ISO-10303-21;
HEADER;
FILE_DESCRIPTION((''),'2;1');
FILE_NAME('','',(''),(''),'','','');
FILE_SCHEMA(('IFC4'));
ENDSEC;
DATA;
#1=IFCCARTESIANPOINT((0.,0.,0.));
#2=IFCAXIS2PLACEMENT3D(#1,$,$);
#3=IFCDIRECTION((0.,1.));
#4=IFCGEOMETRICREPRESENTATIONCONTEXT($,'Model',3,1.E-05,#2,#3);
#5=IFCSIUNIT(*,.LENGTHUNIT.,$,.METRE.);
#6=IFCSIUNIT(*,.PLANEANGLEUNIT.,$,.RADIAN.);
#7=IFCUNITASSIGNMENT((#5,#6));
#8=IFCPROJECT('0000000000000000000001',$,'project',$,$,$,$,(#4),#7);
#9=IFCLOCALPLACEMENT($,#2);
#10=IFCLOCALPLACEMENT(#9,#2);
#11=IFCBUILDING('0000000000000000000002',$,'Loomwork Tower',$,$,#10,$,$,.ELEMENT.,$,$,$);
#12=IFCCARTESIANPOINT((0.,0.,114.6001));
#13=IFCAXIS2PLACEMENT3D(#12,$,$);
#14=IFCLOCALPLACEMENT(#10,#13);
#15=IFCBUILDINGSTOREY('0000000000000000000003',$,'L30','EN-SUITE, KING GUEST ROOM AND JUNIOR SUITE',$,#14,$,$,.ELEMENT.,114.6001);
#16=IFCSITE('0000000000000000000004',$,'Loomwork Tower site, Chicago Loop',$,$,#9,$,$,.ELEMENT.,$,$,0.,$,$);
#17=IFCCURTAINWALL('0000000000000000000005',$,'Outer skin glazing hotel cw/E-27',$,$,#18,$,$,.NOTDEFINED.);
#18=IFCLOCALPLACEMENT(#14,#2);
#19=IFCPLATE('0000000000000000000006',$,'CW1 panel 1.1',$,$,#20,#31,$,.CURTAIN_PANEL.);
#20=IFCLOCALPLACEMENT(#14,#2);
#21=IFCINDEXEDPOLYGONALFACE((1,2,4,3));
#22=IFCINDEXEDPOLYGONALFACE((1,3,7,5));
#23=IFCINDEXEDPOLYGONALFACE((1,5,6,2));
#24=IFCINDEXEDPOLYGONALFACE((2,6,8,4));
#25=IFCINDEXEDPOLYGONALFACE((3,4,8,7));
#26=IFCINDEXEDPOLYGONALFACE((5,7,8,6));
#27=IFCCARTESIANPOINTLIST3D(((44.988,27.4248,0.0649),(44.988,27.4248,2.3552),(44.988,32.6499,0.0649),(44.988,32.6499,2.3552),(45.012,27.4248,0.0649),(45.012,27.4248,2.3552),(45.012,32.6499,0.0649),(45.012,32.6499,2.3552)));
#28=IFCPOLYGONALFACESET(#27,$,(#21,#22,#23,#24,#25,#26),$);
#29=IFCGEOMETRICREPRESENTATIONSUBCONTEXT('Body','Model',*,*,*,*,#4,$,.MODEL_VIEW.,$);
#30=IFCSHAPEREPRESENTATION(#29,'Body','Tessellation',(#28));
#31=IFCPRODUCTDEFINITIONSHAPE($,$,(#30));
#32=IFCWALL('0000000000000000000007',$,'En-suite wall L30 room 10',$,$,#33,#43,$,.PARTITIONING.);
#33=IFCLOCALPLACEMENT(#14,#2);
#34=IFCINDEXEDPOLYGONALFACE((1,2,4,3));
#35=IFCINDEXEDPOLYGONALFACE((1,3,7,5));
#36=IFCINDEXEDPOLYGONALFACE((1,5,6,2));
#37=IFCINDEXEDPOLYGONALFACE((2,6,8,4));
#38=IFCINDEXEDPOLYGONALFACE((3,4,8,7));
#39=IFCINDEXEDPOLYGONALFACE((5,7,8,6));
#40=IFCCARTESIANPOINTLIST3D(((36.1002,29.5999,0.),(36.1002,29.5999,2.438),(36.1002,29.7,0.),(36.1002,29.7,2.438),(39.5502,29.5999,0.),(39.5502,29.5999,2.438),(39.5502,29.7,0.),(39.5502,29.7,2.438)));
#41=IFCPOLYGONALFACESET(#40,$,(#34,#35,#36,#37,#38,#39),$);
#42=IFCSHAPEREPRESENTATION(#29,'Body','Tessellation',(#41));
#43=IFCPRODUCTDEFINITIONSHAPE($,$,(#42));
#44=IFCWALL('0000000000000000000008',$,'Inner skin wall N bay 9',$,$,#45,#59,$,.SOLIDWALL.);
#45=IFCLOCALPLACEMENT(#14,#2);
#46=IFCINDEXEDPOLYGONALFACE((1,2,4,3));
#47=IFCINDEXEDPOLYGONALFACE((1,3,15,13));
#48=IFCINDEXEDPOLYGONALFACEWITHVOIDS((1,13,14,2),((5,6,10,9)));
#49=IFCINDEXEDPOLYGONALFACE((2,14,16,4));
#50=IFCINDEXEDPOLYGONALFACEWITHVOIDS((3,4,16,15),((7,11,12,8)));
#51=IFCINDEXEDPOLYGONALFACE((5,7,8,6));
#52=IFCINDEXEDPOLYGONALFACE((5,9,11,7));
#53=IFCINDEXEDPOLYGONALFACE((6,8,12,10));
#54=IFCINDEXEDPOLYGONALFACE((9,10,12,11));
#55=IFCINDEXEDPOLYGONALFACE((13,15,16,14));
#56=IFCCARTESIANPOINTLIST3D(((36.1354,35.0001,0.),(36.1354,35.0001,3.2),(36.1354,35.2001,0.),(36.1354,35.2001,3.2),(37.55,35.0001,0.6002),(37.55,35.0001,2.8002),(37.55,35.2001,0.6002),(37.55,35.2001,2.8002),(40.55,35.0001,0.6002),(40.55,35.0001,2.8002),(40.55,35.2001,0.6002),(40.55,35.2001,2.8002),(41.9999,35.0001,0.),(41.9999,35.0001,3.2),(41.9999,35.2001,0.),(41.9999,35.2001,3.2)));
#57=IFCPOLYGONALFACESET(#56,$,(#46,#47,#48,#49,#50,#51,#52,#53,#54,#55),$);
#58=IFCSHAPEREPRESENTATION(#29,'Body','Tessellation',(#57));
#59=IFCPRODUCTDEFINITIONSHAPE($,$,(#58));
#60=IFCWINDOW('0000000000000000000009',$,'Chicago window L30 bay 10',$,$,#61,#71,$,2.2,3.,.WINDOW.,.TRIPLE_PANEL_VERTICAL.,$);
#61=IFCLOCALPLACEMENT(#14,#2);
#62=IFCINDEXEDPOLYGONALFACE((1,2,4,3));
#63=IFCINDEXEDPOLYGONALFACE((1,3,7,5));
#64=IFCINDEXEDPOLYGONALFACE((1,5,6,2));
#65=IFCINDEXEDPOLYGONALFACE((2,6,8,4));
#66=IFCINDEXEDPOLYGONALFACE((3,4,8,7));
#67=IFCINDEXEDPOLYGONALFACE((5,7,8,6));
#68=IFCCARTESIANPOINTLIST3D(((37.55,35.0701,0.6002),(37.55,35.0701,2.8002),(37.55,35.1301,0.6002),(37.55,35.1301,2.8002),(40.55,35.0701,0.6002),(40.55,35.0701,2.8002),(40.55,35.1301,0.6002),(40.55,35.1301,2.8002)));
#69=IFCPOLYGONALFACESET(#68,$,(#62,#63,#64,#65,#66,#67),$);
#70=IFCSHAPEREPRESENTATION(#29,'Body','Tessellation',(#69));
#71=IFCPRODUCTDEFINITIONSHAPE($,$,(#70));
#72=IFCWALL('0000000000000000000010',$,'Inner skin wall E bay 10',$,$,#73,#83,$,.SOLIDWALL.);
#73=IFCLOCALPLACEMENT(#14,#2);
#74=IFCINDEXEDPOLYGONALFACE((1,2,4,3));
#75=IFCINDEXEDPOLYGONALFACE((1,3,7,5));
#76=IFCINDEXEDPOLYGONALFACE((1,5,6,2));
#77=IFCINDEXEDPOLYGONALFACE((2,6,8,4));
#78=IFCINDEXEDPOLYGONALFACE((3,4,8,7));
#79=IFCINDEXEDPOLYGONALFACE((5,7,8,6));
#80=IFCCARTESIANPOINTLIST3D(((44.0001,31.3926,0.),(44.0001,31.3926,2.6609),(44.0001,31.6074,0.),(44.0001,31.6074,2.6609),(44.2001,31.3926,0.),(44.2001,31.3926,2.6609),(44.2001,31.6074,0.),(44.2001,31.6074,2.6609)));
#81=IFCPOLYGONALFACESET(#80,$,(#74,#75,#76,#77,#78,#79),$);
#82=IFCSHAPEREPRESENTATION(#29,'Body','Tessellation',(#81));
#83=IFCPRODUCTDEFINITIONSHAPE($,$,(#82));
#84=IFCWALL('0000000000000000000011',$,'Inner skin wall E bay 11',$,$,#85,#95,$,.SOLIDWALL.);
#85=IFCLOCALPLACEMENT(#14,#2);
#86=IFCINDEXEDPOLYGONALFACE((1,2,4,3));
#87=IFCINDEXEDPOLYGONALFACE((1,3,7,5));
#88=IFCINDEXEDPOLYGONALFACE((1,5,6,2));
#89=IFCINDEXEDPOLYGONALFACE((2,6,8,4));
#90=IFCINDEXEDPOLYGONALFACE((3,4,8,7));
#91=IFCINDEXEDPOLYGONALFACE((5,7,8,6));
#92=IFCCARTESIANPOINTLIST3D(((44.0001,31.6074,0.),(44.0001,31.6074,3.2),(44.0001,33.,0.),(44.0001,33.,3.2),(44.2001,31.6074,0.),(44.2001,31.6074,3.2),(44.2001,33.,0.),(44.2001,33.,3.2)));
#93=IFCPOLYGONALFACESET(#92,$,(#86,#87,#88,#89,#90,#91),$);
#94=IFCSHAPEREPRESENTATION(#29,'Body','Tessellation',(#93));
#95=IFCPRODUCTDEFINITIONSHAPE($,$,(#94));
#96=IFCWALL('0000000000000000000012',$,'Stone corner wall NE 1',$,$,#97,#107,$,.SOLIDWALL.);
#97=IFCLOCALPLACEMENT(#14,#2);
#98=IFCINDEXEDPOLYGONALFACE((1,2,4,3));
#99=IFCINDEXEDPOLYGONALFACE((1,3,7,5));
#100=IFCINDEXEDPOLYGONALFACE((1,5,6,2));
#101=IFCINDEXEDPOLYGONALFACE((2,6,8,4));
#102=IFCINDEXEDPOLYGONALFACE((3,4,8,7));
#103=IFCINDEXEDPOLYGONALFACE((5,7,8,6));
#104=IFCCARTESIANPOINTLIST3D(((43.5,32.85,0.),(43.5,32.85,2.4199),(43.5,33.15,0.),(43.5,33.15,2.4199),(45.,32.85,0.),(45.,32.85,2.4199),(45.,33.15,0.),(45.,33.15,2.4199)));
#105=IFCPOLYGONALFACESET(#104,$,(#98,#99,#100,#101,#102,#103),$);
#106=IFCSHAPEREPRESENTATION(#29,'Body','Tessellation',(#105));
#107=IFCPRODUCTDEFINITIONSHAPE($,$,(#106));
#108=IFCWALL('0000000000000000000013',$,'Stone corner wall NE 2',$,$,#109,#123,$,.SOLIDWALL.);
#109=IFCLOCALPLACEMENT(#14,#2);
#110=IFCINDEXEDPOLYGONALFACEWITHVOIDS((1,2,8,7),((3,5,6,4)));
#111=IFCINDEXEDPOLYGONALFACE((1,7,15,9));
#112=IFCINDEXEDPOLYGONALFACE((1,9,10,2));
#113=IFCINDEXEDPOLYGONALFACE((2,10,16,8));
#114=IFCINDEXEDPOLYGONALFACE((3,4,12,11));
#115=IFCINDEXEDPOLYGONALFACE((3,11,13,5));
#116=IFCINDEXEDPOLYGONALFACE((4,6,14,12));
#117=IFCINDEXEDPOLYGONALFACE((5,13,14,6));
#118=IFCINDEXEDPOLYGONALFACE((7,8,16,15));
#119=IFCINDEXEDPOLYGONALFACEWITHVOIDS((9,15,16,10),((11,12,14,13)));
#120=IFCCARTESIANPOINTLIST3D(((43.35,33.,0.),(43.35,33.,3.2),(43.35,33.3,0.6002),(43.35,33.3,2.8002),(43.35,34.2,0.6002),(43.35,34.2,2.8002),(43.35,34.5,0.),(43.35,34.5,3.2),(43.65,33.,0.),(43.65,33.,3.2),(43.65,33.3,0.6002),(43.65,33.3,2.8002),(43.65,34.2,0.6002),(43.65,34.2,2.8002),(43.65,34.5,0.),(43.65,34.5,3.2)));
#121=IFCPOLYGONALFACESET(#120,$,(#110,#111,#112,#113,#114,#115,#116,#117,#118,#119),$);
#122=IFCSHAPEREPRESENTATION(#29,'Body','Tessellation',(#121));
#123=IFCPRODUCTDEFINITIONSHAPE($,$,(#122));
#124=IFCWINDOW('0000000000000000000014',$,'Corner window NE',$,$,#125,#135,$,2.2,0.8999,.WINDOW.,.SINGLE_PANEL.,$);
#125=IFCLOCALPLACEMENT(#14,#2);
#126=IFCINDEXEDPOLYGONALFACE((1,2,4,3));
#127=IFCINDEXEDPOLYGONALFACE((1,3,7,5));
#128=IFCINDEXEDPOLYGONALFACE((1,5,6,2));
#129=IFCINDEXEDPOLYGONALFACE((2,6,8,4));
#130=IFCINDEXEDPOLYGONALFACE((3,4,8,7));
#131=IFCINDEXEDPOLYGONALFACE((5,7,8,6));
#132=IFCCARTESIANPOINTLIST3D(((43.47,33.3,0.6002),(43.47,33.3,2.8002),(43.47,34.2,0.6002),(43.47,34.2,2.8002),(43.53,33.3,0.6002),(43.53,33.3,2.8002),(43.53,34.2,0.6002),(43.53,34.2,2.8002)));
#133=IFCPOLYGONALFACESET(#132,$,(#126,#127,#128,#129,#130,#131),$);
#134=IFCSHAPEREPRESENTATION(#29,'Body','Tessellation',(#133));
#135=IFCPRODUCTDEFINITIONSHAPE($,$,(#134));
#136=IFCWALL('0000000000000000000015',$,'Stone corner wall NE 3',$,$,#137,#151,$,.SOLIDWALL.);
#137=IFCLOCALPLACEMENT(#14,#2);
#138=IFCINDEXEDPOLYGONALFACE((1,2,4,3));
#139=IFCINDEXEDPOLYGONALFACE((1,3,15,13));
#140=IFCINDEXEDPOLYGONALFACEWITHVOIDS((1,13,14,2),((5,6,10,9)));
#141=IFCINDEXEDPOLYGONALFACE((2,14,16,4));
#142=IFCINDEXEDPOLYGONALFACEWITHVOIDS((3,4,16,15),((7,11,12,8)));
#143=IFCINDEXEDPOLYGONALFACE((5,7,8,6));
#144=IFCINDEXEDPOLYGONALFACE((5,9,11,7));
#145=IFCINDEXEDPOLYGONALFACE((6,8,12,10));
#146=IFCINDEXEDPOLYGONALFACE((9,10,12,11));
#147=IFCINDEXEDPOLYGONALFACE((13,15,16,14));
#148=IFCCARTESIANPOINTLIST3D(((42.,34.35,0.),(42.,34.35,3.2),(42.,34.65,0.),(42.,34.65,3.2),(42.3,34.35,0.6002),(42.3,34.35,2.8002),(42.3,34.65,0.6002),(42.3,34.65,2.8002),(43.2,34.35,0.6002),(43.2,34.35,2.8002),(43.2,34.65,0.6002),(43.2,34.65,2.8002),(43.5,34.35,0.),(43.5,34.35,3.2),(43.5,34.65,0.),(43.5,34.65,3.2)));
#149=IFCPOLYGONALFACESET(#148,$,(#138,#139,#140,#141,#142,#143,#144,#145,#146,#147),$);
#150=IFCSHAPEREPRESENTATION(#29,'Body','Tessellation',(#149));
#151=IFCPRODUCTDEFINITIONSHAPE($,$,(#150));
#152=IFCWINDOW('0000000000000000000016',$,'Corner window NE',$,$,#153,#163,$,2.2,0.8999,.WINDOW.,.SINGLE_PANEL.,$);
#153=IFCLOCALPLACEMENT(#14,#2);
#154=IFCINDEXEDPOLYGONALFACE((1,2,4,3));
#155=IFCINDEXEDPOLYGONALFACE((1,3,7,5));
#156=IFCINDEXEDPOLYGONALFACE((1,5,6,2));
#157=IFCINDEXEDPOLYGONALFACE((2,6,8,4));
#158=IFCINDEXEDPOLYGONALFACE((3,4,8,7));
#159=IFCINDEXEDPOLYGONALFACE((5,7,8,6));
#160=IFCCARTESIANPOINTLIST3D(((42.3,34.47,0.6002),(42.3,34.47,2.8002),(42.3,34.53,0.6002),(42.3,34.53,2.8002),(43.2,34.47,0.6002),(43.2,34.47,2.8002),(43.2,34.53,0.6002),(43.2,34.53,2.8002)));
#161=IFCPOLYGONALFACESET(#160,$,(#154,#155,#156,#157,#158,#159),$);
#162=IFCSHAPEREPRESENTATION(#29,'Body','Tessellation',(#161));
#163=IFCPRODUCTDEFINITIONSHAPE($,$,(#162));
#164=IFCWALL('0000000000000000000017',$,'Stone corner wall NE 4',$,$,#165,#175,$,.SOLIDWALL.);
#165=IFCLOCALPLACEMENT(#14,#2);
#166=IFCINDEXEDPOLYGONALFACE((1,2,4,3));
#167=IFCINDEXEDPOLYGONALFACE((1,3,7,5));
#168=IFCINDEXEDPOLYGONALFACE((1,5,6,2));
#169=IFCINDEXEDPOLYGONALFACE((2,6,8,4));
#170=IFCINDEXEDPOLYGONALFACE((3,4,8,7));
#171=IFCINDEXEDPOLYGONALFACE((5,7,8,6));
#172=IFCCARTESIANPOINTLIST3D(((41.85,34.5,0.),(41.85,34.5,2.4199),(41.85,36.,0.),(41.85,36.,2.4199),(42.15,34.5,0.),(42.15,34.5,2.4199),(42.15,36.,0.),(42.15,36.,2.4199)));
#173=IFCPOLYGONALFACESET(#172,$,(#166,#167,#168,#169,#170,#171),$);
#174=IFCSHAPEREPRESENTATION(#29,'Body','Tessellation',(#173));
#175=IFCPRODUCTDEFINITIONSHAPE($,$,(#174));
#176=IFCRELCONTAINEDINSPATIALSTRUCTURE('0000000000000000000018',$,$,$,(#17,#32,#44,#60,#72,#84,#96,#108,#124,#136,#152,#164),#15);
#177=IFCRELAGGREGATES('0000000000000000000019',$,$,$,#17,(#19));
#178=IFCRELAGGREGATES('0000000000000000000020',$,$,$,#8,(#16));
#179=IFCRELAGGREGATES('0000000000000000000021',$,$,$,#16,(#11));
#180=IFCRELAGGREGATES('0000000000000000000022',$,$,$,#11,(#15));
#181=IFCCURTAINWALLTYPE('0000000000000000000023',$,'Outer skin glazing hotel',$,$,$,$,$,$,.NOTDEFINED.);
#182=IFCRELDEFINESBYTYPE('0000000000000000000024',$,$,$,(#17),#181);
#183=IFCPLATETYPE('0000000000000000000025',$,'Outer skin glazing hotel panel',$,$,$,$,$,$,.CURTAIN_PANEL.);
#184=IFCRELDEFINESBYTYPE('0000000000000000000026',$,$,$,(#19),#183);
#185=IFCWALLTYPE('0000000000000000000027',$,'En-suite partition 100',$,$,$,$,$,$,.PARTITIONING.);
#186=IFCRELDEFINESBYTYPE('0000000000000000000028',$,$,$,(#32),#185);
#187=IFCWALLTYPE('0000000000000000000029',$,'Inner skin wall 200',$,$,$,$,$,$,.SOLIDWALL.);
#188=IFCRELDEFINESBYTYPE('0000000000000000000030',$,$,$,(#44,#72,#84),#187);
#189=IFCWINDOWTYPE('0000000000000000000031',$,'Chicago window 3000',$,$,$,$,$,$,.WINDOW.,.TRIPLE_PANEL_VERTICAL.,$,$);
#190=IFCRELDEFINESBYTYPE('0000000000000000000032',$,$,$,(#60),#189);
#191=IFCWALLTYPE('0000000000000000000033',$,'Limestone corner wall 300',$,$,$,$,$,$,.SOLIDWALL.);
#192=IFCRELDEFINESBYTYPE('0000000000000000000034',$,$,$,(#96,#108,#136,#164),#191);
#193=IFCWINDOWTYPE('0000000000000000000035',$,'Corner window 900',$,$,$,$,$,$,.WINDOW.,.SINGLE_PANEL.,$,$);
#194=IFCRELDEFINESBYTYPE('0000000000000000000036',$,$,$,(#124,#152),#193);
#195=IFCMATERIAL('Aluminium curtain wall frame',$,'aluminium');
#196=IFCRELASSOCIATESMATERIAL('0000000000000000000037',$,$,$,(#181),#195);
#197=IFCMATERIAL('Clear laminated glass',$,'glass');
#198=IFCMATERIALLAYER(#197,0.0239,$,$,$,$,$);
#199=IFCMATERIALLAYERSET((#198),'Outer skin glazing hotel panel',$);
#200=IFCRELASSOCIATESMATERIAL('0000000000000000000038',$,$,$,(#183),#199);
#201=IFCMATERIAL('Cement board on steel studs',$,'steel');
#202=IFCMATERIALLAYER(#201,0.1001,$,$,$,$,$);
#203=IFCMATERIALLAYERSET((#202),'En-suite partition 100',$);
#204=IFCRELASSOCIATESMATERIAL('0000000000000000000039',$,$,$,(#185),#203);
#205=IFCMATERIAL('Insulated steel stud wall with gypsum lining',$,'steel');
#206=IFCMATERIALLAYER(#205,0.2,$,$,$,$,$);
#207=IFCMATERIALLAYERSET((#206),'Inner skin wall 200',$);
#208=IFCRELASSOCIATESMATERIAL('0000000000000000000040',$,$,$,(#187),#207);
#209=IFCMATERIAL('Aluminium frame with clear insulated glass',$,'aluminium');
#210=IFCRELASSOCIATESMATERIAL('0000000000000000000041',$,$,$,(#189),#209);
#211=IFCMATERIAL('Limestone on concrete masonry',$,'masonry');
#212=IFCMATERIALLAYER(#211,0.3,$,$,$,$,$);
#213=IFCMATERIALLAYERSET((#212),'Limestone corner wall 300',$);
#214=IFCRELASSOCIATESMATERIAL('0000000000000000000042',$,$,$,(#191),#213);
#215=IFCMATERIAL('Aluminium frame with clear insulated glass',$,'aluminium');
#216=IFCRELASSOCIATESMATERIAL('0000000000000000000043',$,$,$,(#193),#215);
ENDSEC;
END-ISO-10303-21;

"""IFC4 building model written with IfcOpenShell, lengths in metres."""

from ifc_helpers import new_model, si_unit, direction, frame, frame_2d, origin, origin_2d, place, context, subcontext, project, spatial, rectangle, extrude, material, layer, layer_set, type_object, element, fill, aggregate, save


model = new_model("IFC4")

# Units and contexts
model_context = context("Model", 3, precision=1e-05, world=origin(), true_north=direction((0.0, 1.0)))
body_context = subcontext(model_context, "Body", "Model", "MODEL_VIEW")
ifc_project = project(units=[si_unit("LENGTHUNIT", "METRE"), si_unit("PLANEANGLEUNIT", "RADIAN")], contexts=[model_context])

# Site, building, storey
site_placement = place(None, origin())
site = spatial("IfcSite", under=ifc_project, at=site_placement, Name="Loomwork Tower site, Chicago Loop", CompositionType="ELEMENT", RefElevation=0.0)
building_placement = place(site_placement, origin())
building = spatial("IfcBuilding", under=site, at=building_placement, Name="Loomwork Tower", CompositionType="ELEMENT")
storey_placement = place(building_placement, frame((0.0, 0.0, 114.6001)))
storey = spatial("IfcBuildingStorey", under=building, at=storey_placement, Name="L30", Description="EN-SUITE, KING GUEST ROOM AND JUNIOR SUITE", CompositionType="ELEMENT", Elevation=114.6001)

# Curtain wall
ifc_material_1 = material(Name="Aluminium curtain wall frame", Category="aluminium")
curtain_wall_type = type_object("IfcCurtainWallType", Name="Outer skin glazing hotel", PredefinedType="NOTDEFINED", material=ifc_material_1)
curtain_wall_1_placement = place(storey_placement, origin())
curtain_wall_1 = element("IfcCurtainWall", 1, at=curtain_wall_1_placement, inside=storey, type_object=curtain_wall_type, Name="Outer skin glazing hotel cw/E-27", PredefinedType="NOTDEFINED")

# Plate
ifc_material_2 = material(Name="Clear laminated glass", Category="glass")
ifc_layer_1 = layer(ifc_material_2, 0.0239)
ifc_layer_set_1 = layer_set([ifc_layer_1], Name="Outer skin glazing hotel panel")
plate_type = type_object("IfcPlateType", Name="Outer skin glazing hotel panel", PredefinedType="CURTAIN_PANEL", material=ifc_layer_set_1)
plate_1_placement = place(storey_placement, frame((45.0, 30.0374, 0.0649), z_axis=(0.0, 0.0, 1.0), x_axis=(0.0, 1.0, 0.0)))
plate_1 = element("IfcPlate", 2, at=plate_1_placement, type_object=plate_type, Name="CW1 panel 1.1", PredefinedType="CURTAIN_PANEL", context=body_context, shape_type="SweptSolid", body=[
    extrude(rectangle(XDim=5.2251, YDim=0.0239, at=origin_2d()), origin(), (0.0, 0.0, 1.0), 2.2903),
])
aggregate(curtain_wall_1, [plate_1])

# Wall
ifc_material_3 = material(Name="Cement board on steel studs", Category="steel")
ifc_layer_2 = layer(ifc_material_3, 0.1001)
ifc_layer_set_2 = layer_set([ifc_layer_2], Name="En-suite partition 100")
wall_type_1 = type_object("IfcWallType", Name="En-suite partition 100", PredefinedType="PARTITIONING", material=ifc_layer_set_2)
wall_1_placement = place(storey_placement, frame((36.1001, 29.6499, 0.0), z_axis=(0.0, 0.0, 1.0), x_axis=(1.0, 0.0, 0.0)))
element("IfcWall", 3, at=wall_1_placement, inside=storey, type_object=wall_type_1, Name="En-suite wall L30 room 10", PredefinedType="PARTITIONING", context=body_context, shape_type="SweptSolid", body=[
    extrude(rectangle(XDim=3.45, YDim=0.1001, at=frame_2d((1.7251, 0.0))), origin(), (0.0, 0.0, 1.0), 2.438),
])

# Wall, opening, window
ifc_material_4 = material(Name="Insulated steel stud wall with gypsum lining", Category="steel")
ifc_layer_3 = layer(ifc_material_4, 0.2)
ifc_layer_set_3 = layer_set([ifc_layer_3], Name="Inner skin wall 200")
wall_type_2 = type_object("IfcWallType", Name="Inner skin wall 200", PredefinedType="SOLIDWALL", material=ifc_layer_set_3)
wall_2_placement = place(storey_placement, frame((36.1355, 35.1001, 0.0), z_axis=(0.0, 0.0, 1.0), x_axis=(1.0, 0.0, 0.0)))
wall_2 = element("IfcWall", 4, at=wall_2_placement, inside=storey, type_object=wall_type_2, Name="Inner skin wall N bay 9", PredefinedType="SOLIDWALL", context=body_context, shape_type="SweptSolid", body=[
    extrude(rectangle(XDim=5.8645, YDim=0.2, at=frame_2d((2.9321, 0.0))), origin(), (0.0, 0.0, 1.0), 3.2),
])
opening_1_placement = place(wall_2_placement, frame((1.4146, 0.0, 0.6001)))
opening_1 = element("IfcOpeningElement", 5, at=opening_1_placement, cuts=wall_2, PredefinedType="OPENING", context=body_context, shape_type="SweptSolid", body=[
    extrude(rectangle(XDim=3.0, YDim=2.2, at=frame_2d((1.5, 1.1001))), frame((0.0, 0.1099, 0.0), z_axis=(0.0, -1.0, 0.0), x_axis=(1.0, 0.0, 0.0)), (0.0, 0.0, 1.0), 0.22),
])
ifc_material_5 = material(Name="Aluminium frame with clear insulated glass", Category="aluminium")
window_type_1 = type_object("IfcWindowType", Name="Chicago window 3000", PartitioningType="TRIPLE_PANEL_VERTICAL", PredefinedType="WINDOW", material=ifc_material_5)
window_1_placement = place(opening_1_placement, origin())
window_1 = element("IfcWindow", 6, at=window_1_placement, inside=storey, type_object=window_type_1, Name="Chicago window L30 bay 10", OverallHeight=2.2, OverallWidth=3.0, PartitioningType="TRIPLE_PANEL_VERTICAL", PredefinedType="WINDOW", context=body_context, shape_type="SweptSolid", body=[
    extrude(rectangle(XDim=3.0, YDim=2.2, at=frame_2d((1.5, 1.1001))), frame((0.0, 0.03, 0.0), z_axis=(0.0, -1.0, 0.0), x_axis=(1.0, 0.0, 0.0)), (0.0, 0.0, 1.0), 0.0601),
])
fill(opening_1, window_1)

# Walls
wall_3_placement = place(storey_placement, frame((44.1001, 31.3926, 0.0), z_axis=(0.0, 0.0, 1.0), x_axis=(0.0, 1.0, 0.0)))
element("IfcWall", 7, at=wall_3_placement, inside=storey, type_object=wall_type_2, Name="Inner skin wall E bay 10", PredefinedType="SOLIDWALL", context=body_context, shape_type="SweptSolid", body=[
    extrude(rectangle(XDim=0.2148, YDim=0.2, at=frame_2d((0.1074, 0.0))), origin(), (0.0, 0.0, 1.0), 2.6609),
])
wall_4_placement = place(storey_placement, frame((44.1001, 31.6074, 0.0), z_axis=(0.0, 0.0, 1.0), x_axis=(0.0, 1.0, 0.0)))
element("IfcWall", 8, at=wall_4_placement, inside=storey, type_object=wall_type_2, Name="Inner skin wall E bay 11", PredefinedType="SOLIDWALL", context=body_context, shape_type="SweptSolid", body=[
    extrude(rectangle(XDim=1.3926, YDim=0.2, at=frame_2d((0.6963, 0.0))), origin(), (0.0, 0.0, 1.0), 3.2),
])
ifc_material_6 = material(Name="Limestone on concrete masonry", Category="masonry")
ifc_layer_4 = layer(ifc_material_6, 0.3)
ifc_layer_set_4 = layer_set([ifc_layer_4], Name="Limestone corner wall 300")
wall_type_3 = type_object("IfcWallType", Name="Limestone corner wall 300", PredefinedType="SOLIDWALL", material=ifc_layer_set_4)
wall_5_placement = place(storey_placement, frame((45.0, 33.0, 0.0), z_axis=(0.0, 0.0, 1.0), x_axis=(-1.0, 0.0, 0.0)))
element("IfcWall", 9, at=wall_5_placement, inside=storey, type_object=wall_type_3, Name="Stone corner wall NE 1", PredefinedType="SOLIDWALL", context=body_context, shape_type="SweptSolid", body=[
    extrude(rectangle(XDim=1.5, YDim=0.3, at=frame_2d((0.75, 0.0))), origin(), (0.0, 0.0, 1.0), 2.4199),
])

# Walls, openings, windows
wall_6_placement = place(storey_placement, frame((43.5, 33.0, 0.0), z_axis=(0.0, 0.0, 1.0), x_axis=(0.0, 1.0, 0.0)))
wall_6 = element("IfcWall", 10, at=wall_6_placement, inside=storey, type_object=wall_type_3, Name="Stone corner wall NE 2", PredefinedType="SOLIDWALL", context=body_context, shape_type="SweptSolid", body=[
    extrude(rectangle(XDim=1.5, YDim=0.3, at=frame_2d((0.75, 0.0))), origin(), (0.0, 0.0, 1.0), 3.2),
])
opening_2_placement = place(wall_6_placement, frame((0.3, 0.0, 0.6001)))
opening_2 = element("IfcOpeningElement", 11, at=opening_2_placement, cuts=wall_6, PredefinedType="OPENING", context=body_context, shape_type="SweptSolid", body=[
    extrude(rectangle(XDim=0.8999, YDim=2.2, at=frame_2d((0.45, 1.1001))), frame((0.0, 0.1599, 0.0), z_axis=(0.0, -1.0, 0.0), x_axis=(1.0, 0.0, 0.0)), (0.0, 0.0, 1.0), 0.3201),
])
ifc_material_7 = material(Name="Aluminium frame with clear insulated glass", Category="aluminium")
window_type_2 = type_object("IfcWindowType", Name="Corner window 900", PartitioningType="SINGLE_PANEL", PredefinedType="WINDOW", material=ifc_material_7)
window_2_placement = place(opening_2_placement, origin())
window_2 = element("IfcWindow", 12, at=window_2_placement, inside=storey, type_object=window_type_2, Name="Corner window NE", OverallHeight=2.2, OverallWidth=0.8999, PartitioningType="SINGLE_PANEL", PredefinedType="WINDOW", context=body_context, shape_type="SweptSolid", body=[
    extrude(rectangle(XDim=0.8999, YDim=2.2, at=frame_2d((0.45, 1.1001))), frame((0.0, 0.03, 0.0), z_axis=(0.0, -1.0, 0.0), x_axis=(1.0, 0.0, 0.0)), (0.0, 0.0, 1.0), 0.0601),
])
fill(opening_2, window_2)
wall_7_placement = place(storey_placement, frame((43.5, 34.5, 0.0), z_axis=(0.0, 0.0, 1.0), x_axis=(-1.0, 0.0, 0.0)))
wall_7 = element("IfcWall", 13, at=wall_7_placement, inside=storey, type_object=wall_type_3, Name="Stone corner wall NE 3", PredefinedType="SOLIDWALL", context=body_context, shape_type="SweptSolid", body=[
    extrude(rectangle(XDim=1.5, YDim=0.3, at=frame_2d((0.75, 0.0))), origin(), (0.0, 0.0, 1.0), 3.2),
])
opening_3_placement = place(wall_7_placement, frame((0.3, 0.0, 0.6001)))
opening_3 = element("IfcOpeningElement", 14, at=opening_3_placement, cuts=wall_7, PredefinedType="OPENING", context=body_context, shape_type="SweptSolid", body=[
    extrude(rectangle(XDim=0.8999, YDim=2.2, at=frame_2d((0.45, 1.1001))), frame((0.0, 0.1599, 0.0), z_axis=(0.0, -1.0, 0.0), x_axis=(1.0, 0.0, 0.0)), (0.0, 0.0, 1.0), 0.3201),
])
window_3_placement = place(opening_3_placement, origin())
window_3 = element("IfcWindow", 15, at=window_3_placement, inside=storey, type_object=window_type_2, Name="Corner window NE", OverallHeight=2.2, OverallWidth=0.8999, PartitioningType="SINGLE_PANEL", PredefinedType="WINDOW", context=body_context, shape_type="SweptSolid", body=[
    extrude(rectangle(XDim=0.8999, YDim=2.2, at=frame_2d((0.45, 1.1001))), frame((0.0, 0.03, 0.0), z_axis=(0.0, -1.0, 0.0), x_axis=(1.0, 0.0, 0.0)), (0.0, 0.0, 1.0), 0.0601),
])
fill(opening_3, window_3)

# Wall
wall_8_placement = place(storey_placement, frame((42.0, 34.5, 0.0), z_axis=(0.0, 0.0, 1.0), x_axis=(0.0, 1.0, 0.0)))
element("IfcWall", 16, at=wall_8_placement, inside=storey, type_object=wall_type_3, Name="Stone corner wall NE 4", PredefinedType="SOLIDWALL", context=body_context, shape_type="SweptSolid", body=[
    extrude(rectangle(XDim=1.5, YDim=0.3, at=frame_2d((0.75, 0.0))), origin(), (0.0, 0.0, 1.0), 2.4199),
])

save(model, "model.ifc")
